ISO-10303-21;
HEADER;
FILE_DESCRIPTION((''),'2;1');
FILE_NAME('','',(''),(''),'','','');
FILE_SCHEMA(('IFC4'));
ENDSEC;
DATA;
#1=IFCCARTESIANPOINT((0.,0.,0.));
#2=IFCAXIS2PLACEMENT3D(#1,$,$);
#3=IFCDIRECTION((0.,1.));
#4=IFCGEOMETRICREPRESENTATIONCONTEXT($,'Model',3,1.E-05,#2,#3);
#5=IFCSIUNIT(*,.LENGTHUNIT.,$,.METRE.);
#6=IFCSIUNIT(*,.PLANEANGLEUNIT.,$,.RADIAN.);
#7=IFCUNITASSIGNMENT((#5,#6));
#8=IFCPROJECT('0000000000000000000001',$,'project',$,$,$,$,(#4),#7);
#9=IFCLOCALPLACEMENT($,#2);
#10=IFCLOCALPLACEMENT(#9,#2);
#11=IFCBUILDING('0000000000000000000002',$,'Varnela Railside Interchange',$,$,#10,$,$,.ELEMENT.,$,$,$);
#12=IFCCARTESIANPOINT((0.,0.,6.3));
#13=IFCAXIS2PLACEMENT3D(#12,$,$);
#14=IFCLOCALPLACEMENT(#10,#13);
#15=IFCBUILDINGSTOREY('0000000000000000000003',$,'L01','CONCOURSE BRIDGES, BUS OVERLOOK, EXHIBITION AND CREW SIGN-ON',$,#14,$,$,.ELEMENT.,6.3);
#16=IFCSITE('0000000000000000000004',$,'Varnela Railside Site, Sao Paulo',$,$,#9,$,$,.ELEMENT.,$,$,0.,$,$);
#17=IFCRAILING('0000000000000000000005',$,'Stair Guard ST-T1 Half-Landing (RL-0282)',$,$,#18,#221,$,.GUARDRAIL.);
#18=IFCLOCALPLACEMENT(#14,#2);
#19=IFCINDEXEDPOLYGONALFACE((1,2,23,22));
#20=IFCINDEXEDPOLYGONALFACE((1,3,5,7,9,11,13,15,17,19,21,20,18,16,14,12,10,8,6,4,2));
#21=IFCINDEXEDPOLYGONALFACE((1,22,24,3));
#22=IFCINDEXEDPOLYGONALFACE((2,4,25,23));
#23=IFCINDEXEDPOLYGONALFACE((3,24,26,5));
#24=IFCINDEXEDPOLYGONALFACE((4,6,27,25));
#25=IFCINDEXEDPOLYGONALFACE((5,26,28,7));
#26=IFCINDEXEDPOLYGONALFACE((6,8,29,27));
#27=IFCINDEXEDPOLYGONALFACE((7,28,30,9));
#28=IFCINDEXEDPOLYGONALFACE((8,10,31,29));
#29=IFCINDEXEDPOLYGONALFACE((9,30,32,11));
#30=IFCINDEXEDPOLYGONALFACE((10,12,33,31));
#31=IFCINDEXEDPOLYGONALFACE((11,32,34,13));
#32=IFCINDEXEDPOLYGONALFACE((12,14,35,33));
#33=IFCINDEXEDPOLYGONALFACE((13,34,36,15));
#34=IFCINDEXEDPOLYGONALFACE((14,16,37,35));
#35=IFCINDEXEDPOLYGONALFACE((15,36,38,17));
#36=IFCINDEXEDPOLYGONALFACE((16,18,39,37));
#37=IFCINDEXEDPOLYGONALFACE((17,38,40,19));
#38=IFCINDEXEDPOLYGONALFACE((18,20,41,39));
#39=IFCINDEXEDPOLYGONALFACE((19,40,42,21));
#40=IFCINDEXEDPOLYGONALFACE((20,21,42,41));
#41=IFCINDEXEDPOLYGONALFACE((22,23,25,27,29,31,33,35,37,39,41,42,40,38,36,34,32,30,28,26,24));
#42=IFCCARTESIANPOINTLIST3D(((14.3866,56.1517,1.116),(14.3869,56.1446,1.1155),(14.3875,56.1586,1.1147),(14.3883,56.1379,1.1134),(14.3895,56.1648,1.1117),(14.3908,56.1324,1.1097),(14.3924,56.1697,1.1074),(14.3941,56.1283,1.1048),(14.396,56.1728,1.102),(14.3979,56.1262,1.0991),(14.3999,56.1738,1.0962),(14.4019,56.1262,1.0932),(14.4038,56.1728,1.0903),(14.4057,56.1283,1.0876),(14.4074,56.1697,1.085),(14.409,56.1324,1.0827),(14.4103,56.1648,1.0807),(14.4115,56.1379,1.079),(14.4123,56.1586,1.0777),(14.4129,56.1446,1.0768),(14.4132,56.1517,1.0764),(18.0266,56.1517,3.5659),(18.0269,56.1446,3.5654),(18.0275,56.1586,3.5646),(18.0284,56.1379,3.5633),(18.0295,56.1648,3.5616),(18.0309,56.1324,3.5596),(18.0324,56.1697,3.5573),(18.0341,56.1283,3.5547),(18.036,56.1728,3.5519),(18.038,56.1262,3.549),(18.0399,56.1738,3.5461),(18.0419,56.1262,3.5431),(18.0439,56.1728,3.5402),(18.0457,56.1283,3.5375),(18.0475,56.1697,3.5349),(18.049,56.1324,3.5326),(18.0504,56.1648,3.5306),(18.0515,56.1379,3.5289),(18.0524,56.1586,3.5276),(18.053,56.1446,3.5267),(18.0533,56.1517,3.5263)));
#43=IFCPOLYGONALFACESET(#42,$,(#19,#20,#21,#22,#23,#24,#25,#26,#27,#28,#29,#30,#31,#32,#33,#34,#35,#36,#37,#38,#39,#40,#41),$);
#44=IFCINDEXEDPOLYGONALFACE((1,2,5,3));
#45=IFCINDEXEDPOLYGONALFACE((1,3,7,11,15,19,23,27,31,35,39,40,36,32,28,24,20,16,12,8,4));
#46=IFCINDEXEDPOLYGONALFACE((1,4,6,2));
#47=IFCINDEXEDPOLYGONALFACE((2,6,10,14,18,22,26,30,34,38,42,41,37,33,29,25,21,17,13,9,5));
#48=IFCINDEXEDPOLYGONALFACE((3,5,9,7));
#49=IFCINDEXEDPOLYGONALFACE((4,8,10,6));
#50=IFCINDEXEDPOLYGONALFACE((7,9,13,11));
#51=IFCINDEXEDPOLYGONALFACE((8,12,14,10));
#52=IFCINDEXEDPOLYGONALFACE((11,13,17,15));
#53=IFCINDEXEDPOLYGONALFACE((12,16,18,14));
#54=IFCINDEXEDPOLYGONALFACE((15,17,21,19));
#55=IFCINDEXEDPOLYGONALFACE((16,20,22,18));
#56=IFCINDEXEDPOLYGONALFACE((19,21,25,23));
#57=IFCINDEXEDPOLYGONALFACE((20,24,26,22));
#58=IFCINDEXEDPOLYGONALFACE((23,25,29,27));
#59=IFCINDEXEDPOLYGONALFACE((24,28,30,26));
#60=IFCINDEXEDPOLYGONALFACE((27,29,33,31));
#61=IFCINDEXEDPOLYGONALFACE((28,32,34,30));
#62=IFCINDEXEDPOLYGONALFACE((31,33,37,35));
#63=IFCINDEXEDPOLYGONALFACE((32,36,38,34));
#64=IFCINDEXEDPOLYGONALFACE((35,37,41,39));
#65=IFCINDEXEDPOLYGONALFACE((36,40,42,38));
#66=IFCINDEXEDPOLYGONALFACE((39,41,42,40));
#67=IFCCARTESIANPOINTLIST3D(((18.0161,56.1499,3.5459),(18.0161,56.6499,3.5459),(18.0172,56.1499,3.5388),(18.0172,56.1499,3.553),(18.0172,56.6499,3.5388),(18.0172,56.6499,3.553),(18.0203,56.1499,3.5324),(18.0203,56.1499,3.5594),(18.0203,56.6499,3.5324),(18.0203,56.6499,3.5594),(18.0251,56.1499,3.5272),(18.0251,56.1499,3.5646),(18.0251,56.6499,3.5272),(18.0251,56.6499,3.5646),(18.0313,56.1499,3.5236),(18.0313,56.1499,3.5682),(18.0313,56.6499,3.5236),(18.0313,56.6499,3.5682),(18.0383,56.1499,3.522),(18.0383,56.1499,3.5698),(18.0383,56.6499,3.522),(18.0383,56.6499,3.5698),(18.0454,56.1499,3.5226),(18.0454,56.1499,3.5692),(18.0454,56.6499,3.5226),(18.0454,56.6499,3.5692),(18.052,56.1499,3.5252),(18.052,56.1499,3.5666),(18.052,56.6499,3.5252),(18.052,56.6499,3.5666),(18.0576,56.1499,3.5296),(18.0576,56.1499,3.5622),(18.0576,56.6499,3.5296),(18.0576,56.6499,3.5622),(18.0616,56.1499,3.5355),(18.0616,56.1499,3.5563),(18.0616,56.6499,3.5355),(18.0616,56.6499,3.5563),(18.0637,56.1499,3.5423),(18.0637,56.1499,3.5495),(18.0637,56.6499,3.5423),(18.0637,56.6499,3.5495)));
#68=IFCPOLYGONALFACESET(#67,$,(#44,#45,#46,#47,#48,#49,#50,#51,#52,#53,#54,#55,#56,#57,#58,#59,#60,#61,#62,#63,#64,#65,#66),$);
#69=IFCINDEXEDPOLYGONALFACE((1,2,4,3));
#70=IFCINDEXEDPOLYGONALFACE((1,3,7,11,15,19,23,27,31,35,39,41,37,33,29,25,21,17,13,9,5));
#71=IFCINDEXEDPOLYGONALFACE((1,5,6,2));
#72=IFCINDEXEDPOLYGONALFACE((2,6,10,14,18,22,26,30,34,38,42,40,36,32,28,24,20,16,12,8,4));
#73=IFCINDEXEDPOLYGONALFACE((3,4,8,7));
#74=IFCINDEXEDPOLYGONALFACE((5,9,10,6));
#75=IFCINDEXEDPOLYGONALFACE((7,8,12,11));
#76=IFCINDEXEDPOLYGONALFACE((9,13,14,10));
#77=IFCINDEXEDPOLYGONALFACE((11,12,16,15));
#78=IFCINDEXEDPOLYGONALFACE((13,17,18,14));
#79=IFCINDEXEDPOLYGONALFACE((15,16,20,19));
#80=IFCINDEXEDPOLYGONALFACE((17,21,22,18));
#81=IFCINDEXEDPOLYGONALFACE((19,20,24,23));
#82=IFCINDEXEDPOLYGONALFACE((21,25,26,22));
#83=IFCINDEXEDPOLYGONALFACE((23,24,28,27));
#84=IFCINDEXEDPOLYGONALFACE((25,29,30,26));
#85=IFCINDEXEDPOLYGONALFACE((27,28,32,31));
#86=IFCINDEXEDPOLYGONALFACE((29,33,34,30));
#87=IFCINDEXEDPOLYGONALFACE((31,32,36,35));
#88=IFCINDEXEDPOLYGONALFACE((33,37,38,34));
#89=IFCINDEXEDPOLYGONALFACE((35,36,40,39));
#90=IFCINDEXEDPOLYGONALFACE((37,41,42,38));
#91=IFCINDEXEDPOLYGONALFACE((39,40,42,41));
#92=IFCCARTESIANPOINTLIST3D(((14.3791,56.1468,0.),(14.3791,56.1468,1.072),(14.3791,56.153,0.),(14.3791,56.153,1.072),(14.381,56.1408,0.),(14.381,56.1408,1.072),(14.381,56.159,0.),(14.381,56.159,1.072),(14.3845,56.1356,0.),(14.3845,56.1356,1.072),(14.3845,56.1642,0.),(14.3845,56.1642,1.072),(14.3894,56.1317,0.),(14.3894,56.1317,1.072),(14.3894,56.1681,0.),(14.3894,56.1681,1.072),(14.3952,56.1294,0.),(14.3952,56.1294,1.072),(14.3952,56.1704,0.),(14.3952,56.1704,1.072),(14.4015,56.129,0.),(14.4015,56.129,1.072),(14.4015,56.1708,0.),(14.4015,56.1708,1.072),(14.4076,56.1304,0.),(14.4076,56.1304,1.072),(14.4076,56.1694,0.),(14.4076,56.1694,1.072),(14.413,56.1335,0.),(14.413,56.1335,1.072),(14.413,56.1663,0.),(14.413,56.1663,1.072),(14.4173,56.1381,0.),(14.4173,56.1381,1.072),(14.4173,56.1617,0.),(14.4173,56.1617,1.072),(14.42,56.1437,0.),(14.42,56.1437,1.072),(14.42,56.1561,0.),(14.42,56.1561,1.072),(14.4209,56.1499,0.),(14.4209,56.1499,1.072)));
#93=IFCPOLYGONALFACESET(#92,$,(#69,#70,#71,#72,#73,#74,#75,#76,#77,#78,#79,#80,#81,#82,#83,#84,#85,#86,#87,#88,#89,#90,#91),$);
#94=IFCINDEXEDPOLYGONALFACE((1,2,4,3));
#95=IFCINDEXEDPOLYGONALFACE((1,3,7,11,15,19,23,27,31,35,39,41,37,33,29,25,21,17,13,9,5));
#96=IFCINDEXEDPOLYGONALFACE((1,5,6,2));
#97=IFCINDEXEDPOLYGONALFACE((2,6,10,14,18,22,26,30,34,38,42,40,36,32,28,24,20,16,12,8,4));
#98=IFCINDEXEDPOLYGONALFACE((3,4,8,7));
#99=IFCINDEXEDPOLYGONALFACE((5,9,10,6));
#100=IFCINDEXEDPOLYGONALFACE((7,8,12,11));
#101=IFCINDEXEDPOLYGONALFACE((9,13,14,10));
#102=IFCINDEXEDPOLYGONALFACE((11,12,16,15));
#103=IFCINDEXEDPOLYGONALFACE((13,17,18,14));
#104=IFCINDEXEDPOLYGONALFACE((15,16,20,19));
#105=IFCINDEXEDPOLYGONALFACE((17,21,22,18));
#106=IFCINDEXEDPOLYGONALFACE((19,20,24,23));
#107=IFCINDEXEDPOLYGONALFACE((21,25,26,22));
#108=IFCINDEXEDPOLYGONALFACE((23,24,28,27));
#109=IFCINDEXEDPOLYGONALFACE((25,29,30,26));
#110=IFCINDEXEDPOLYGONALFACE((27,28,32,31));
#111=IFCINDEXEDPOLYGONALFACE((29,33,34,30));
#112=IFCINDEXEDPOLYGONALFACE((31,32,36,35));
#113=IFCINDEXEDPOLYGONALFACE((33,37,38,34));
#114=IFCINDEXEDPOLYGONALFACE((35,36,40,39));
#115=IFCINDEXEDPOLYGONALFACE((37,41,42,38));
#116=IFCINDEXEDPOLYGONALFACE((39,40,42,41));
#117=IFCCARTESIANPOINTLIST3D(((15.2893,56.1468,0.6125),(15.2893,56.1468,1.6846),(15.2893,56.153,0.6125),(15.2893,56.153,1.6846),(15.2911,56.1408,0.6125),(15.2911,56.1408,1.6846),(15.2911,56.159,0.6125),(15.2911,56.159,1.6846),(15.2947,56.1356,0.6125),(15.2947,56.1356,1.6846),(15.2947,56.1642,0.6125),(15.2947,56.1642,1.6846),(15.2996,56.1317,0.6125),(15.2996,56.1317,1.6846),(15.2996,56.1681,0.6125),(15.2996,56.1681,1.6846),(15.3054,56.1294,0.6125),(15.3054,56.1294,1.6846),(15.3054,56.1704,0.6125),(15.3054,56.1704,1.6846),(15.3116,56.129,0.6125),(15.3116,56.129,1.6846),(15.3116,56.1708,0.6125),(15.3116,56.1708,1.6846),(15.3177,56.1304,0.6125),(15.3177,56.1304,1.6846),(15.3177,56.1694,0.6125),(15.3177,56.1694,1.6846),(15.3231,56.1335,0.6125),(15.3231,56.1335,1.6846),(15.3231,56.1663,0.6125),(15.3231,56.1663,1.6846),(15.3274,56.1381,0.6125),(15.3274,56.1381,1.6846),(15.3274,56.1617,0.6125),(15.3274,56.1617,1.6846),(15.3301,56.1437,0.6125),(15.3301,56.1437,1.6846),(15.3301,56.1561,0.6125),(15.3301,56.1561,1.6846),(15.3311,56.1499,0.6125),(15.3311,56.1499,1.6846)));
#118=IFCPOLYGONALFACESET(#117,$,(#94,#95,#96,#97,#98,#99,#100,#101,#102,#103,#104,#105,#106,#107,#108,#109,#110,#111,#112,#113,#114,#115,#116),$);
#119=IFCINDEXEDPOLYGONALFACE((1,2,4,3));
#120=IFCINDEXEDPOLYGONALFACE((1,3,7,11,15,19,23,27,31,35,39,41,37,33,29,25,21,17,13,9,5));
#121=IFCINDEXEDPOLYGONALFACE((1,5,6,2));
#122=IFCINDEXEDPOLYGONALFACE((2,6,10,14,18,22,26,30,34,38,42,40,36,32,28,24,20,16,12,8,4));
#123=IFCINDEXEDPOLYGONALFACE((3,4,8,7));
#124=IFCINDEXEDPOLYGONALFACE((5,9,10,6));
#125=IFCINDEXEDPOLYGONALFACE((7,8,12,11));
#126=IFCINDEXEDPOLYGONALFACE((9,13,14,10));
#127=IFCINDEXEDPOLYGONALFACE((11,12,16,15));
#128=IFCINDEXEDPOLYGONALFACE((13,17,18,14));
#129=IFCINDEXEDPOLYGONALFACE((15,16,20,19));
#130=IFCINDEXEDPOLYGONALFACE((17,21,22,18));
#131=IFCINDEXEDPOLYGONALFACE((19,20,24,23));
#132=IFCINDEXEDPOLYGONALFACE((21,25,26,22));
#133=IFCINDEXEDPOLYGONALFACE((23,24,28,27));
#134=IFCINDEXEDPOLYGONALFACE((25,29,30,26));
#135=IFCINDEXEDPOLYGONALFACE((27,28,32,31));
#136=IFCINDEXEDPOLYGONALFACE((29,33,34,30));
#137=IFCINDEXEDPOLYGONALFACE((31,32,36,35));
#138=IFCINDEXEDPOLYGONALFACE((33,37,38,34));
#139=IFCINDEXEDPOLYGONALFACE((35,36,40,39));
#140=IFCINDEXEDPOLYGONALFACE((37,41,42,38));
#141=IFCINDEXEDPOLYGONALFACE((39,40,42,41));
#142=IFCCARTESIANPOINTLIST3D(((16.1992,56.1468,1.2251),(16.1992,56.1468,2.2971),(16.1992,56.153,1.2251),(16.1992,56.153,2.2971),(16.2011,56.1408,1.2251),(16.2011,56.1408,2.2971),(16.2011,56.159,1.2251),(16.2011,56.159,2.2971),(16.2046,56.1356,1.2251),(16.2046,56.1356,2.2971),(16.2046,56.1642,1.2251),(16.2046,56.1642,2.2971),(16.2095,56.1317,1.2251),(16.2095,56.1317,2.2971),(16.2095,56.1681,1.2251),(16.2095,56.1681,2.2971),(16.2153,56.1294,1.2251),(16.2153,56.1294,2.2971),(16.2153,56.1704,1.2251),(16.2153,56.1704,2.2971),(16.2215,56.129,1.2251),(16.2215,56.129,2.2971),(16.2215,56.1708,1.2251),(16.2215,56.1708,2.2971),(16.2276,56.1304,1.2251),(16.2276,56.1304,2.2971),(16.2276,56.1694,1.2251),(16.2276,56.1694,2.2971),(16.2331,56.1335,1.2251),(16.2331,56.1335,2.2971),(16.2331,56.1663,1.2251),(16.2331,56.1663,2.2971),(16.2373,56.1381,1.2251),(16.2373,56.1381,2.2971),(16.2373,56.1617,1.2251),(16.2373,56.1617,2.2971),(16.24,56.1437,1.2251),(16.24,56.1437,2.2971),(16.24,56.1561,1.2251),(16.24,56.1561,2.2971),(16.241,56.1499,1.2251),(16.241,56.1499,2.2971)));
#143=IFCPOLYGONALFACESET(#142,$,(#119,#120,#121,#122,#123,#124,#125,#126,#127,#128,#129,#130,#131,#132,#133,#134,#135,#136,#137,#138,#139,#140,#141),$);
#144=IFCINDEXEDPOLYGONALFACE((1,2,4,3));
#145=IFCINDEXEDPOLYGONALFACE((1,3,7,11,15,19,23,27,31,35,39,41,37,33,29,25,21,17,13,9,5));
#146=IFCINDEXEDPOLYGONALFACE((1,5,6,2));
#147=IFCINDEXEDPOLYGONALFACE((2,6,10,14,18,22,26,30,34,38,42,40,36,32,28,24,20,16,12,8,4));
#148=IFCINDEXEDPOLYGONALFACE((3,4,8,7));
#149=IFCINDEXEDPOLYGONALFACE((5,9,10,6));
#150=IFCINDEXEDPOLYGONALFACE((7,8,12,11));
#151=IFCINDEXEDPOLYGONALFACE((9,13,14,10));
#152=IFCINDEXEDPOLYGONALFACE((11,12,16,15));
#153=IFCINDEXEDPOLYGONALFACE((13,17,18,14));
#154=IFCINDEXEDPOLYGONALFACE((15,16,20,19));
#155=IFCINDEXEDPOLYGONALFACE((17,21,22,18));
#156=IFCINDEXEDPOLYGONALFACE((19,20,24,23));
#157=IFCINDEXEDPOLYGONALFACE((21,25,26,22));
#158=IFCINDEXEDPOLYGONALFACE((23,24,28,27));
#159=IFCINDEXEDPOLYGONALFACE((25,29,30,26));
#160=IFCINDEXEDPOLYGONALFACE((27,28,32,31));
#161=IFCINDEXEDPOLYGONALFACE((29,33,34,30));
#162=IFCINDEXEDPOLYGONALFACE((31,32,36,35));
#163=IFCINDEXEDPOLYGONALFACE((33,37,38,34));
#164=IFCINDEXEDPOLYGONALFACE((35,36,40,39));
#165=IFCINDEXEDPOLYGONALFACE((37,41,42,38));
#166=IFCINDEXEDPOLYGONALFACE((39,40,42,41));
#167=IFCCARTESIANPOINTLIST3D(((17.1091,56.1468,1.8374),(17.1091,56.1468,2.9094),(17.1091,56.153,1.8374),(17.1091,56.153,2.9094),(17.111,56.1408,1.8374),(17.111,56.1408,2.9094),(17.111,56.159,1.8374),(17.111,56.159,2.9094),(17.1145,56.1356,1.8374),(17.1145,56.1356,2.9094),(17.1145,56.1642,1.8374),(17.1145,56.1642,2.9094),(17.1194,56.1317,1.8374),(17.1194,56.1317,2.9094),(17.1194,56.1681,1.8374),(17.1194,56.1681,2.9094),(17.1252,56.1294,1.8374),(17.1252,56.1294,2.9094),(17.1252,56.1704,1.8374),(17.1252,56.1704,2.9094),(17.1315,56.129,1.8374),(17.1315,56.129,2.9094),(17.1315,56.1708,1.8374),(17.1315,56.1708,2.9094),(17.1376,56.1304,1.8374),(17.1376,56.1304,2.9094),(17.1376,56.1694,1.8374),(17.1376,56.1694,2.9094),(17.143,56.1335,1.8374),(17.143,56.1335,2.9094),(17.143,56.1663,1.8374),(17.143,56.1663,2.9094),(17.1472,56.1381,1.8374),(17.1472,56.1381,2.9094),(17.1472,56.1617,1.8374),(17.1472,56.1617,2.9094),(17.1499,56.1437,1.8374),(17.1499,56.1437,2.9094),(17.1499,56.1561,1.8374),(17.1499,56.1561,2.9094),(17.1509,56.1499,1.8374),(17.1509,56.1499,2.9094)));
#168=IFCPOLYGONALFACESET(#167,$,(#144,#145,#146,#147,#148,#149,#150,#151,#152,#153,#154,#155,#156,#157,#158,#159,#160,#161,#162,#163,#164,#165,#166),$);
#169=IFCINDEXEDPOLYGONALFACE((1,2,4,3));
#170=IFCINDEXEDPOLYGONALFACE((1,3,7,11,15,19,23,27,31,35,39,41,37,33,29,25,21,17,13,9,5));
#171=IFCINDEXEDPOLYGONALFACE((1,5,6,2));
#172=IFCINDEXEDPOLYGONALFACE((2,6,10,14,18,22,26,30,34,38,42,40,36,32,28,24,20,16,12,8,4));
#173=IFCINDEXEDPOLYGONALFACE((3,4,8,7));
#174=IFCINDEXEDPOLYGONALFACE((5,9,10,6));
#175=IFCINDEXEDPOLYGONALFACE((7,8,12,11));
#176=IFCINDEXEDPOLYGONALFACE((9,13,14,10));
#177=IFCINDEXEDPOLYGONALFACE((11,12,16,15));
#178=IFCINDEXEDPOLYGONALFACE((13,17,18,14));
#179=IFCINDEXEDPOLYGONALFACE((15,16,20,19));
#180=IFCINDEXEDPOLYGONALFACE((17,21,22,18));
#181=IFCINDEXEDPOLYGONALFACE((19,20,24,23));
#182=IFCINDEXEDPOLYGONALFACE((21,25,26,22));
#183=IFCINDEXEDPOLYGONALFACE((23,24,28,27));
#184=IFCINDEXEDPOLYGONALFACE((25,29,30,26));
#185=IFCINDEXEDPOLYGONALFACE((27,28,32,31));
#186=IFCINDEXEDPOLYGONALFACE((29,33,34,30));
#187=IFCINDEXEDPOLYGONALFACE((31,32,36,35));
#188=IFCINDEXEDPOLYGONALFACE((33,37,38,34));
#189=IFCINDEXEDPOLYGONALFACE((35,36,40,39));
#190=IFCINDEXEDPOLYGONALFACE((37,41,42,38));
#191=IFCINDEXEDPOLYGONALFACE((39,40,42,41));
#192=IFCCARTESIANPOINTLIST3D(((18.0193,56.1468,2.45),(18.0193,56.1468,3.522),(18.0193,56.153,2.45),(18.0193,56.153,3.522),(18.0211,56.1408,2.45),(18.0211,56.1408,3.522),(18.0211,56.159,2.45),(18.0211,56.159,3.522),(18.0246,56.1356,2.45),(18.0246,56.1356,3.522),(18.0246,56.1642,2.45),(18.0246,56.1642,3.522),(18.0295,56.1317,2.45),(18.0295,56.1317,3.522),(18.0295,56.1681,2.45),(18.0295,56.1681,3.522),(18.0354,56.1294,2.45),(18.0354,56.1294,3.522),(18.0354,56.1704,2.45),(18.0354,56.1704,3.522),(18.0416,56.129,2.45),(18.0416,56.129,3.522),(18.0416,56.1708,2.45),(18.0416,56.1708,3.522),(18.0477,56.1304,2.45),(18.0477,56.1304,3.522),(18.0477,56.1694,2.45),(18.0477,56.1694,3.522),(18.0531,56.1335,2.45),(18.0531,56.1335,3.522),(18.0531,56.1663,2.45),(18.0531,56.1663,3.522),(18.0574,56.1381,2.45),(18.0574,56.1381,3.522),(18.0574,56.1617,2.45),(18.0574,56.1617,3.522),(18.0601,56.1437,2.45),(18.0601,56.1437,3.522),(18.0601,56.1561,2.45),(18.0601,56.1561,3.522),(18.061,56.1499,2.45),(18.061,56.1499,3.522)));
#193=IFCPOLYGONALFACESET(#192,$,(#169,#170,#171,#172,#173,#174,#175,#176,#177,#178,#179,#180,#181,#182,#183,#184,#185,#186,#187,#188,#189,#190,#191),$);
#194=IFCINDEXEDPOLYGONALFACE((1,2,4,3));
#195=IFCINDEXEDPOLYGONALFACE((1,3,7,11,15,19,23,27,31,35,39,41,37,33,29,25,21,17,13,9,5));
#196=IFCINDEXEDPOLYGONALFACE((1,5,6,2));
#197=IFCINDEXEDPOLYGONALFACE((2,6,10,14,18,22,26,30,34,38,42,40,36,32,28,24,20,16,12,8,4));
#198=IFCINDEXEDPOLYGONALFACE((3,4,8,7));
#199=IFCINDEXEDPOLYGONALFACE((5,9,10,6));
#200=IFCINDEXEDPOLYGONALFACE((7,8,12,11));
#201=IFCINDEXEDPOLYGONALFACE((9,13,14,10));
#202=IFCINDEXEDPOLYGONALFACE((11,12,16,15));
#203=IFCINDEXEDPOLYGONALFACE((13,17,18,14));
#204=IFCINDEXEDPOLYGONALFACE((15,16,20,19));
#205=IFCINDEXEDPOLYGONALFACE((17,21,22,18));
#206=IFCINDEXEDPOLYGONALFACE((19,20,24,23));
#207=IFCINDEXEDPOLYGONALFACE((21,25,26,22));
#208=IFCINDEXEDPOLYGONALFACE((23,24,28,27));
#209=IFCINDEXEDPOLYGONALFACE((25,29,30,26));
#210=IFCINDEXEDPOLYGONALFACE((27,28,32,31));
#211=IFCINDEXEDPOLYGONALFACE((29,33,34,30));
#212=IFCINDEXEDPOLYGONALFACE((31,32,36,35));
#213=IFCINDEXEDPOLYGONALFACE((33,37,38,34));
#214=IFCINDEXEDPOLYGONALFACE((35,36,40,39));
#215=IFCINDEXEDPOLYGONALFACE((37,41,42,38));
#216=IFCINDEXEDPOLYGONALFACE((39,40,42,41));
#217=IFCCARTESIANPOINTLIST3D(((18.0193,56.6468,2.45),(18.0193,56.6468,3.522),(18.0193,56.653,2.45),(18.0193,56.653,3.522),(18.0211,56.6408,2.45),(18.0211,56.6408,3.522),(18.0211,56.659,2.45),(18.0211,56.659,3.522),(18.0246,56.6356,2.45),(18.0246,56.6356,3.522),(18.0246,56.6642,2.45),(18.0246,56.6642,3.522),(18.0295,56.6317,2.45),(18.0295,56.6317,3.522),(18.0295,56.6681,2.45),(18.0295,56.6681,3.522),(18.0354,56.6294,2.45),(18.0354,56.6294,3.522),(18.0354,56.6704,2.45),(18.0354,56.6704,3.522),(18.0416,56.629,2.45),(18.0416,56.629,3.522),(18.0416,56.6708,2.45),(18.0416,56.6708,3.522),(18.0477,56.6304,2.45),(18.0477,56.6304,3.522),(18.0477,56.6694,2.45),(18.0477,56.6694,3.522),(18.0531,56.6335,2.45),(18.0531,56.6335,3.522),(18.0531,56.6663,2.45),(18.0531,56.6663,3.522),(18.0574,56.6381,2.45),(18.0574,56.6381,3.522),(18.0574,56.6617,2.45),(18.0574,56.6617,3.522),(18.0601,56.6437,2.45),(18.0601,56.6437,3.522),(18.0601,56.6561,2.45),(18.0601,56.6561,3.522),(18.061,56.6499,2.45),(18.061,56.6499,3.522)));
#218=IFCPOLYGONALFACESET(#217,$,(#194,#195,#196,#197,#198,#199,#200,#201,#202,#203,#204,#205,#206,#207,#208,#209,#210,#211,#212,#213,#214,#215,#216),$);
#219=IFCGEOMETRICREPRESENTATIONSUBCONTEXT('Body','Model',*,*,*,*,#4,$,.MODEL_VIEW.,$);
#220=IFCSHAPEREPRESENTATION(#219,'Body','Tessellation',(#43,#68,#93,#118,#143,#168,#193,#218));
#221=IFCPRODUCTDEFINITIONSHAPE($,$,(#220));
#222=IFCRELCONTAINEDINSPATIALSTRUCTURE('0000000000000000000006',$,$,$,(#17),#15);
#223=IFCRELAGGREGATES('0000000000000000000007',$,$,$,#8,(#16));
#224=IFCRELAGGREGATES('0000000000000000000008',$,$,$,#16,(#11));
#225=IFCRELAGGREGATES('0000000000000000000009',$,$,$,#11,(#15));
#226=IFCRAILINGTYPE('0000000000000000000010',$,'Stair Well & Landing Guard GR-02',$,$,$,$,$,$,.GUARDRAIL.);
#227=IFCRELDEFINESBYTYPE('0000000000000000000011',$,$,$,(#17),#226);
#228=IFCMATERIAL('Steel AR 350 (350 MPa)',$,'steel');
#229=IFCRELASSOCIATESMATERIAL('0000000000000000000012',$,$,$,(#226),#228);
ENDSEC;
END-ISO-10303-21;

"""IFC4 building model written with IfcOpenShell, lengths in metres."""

from ifc_helpers import new_model, si_unit, direction, frame, origin, origin_2d, place, context, subcontext, project, spatial, circle, extrude, material, type_object, element, save


model = new_model("IFC4")

# Units and contexts
model_context = context("Model", 3, precision=1e-05, world=origin(), true_north=direction((0.0, 1.0)))
body_context = subcontext(model_context, "Body", "Model", "MODEL_VIEW")
ifc_project = project(units=[si_unit("LENGTHUNIT", "METRE"), si_unit("PLANEANGLEUNIT", "RADIAN")], contexts=[model_context])

# Site, building, storey
site_placement = place(None, origin())
site = spatial("IfcSite", under=ifc_project, at=site_placement, Name="Varnela Railside Site, Sao Paulo", CompositionType="ELEMENT", RefElevation=0.0)
building_placement = place(site_placement, origin())
building = spatial("IfcBuilding", under=site, at=building_placement, Name="Varnela Railside Interchange", CompositionType="ELEMENT")
storey_placement = place(building_placement, frame((0.0, 0.0, 6.3)))
storey = spatial("IfcBuildingStorey", under=building, at=storey_placement, Name="L01", Description="CONCOURSE BRIDGES, BUS OVERLOOK, EXHIBITION AND CREW SIGN-ON", CompositionType="ELEMENT", Elevation=6.3)

# Railing
ifc_material_1 = material(Name="Steel AR 350 (350 MPa)", Category="steel")
railing_type_1 = type_object("IfcRailingType", Name="Stair Well & Landing Guard GR-02", PredefinedType="GUARDRAIL", material=ifc_material_1)
railing_1_placement = place(storey_placement, frame((14.3999, 56.1499, 0.0)))
element("IfcRailing", 1, at=railing_1_placement, inside=storey, type_object=railing_type_1, Name="Stair Guard ST-T1 Half-Landing (RL-0282)", PredefinedType="GUARDRAIL", context=body_context, shape_type="SweptSolid", body=[
    extrude(circle(Radius=0.0239, at=origin_2d()), frame((0.0, 0.0, 1.0962), z_axis=(0.829603, 0.0, 0.558354), x_axis=(0.0, 1.0, 0.0)), (0.0, 0.0, 1.0), 4.3877),
    extrude(circle(Radius=0.0239, at=origin_2d()), frame((3.6401, 0.0, 3.5459), z_axis=(0.0, 1.0, 0.0), x_axis=(-1.0, 0.0, 0.0)), (0.0, 0.0, 1.0), 0.5),
    extrude(circle(Radius=0.021, at=origin_2d()), origin(), (0.0, 0.0, 1.0), 1.072),
    extrude(circle(Radius=0.021, at=origin_2d()), frame((0.9102, 0.0, 0.6125)), (0.0, 0.0, 1.0), 1.072),
    extrude(circle(Radius=0.021, at=origin_2d()), frame((1.8201, 0.0, 1.2251)), (0.0, 0.0, 1.0), 1.072),
    extrude(circle(Radius=0.021, at=origin_2d()), frame((2.73, 0.0, 1.8374)), (0.0, 0.0, 1.0), 1.072),
    extrude(circle(Radius=0.021, at=origin_2d()), frame((3.6401, 0.0, 2.45)), (0.0, 0.0, 1.0), 1.072),
    extrude(circle(Radius=0.021, at=origin_2d()), frame((3.6401, 0.5, 2.45)), (0.0, 0.0, 1.0), 1.072),
])

save(model, "model.ifc")
